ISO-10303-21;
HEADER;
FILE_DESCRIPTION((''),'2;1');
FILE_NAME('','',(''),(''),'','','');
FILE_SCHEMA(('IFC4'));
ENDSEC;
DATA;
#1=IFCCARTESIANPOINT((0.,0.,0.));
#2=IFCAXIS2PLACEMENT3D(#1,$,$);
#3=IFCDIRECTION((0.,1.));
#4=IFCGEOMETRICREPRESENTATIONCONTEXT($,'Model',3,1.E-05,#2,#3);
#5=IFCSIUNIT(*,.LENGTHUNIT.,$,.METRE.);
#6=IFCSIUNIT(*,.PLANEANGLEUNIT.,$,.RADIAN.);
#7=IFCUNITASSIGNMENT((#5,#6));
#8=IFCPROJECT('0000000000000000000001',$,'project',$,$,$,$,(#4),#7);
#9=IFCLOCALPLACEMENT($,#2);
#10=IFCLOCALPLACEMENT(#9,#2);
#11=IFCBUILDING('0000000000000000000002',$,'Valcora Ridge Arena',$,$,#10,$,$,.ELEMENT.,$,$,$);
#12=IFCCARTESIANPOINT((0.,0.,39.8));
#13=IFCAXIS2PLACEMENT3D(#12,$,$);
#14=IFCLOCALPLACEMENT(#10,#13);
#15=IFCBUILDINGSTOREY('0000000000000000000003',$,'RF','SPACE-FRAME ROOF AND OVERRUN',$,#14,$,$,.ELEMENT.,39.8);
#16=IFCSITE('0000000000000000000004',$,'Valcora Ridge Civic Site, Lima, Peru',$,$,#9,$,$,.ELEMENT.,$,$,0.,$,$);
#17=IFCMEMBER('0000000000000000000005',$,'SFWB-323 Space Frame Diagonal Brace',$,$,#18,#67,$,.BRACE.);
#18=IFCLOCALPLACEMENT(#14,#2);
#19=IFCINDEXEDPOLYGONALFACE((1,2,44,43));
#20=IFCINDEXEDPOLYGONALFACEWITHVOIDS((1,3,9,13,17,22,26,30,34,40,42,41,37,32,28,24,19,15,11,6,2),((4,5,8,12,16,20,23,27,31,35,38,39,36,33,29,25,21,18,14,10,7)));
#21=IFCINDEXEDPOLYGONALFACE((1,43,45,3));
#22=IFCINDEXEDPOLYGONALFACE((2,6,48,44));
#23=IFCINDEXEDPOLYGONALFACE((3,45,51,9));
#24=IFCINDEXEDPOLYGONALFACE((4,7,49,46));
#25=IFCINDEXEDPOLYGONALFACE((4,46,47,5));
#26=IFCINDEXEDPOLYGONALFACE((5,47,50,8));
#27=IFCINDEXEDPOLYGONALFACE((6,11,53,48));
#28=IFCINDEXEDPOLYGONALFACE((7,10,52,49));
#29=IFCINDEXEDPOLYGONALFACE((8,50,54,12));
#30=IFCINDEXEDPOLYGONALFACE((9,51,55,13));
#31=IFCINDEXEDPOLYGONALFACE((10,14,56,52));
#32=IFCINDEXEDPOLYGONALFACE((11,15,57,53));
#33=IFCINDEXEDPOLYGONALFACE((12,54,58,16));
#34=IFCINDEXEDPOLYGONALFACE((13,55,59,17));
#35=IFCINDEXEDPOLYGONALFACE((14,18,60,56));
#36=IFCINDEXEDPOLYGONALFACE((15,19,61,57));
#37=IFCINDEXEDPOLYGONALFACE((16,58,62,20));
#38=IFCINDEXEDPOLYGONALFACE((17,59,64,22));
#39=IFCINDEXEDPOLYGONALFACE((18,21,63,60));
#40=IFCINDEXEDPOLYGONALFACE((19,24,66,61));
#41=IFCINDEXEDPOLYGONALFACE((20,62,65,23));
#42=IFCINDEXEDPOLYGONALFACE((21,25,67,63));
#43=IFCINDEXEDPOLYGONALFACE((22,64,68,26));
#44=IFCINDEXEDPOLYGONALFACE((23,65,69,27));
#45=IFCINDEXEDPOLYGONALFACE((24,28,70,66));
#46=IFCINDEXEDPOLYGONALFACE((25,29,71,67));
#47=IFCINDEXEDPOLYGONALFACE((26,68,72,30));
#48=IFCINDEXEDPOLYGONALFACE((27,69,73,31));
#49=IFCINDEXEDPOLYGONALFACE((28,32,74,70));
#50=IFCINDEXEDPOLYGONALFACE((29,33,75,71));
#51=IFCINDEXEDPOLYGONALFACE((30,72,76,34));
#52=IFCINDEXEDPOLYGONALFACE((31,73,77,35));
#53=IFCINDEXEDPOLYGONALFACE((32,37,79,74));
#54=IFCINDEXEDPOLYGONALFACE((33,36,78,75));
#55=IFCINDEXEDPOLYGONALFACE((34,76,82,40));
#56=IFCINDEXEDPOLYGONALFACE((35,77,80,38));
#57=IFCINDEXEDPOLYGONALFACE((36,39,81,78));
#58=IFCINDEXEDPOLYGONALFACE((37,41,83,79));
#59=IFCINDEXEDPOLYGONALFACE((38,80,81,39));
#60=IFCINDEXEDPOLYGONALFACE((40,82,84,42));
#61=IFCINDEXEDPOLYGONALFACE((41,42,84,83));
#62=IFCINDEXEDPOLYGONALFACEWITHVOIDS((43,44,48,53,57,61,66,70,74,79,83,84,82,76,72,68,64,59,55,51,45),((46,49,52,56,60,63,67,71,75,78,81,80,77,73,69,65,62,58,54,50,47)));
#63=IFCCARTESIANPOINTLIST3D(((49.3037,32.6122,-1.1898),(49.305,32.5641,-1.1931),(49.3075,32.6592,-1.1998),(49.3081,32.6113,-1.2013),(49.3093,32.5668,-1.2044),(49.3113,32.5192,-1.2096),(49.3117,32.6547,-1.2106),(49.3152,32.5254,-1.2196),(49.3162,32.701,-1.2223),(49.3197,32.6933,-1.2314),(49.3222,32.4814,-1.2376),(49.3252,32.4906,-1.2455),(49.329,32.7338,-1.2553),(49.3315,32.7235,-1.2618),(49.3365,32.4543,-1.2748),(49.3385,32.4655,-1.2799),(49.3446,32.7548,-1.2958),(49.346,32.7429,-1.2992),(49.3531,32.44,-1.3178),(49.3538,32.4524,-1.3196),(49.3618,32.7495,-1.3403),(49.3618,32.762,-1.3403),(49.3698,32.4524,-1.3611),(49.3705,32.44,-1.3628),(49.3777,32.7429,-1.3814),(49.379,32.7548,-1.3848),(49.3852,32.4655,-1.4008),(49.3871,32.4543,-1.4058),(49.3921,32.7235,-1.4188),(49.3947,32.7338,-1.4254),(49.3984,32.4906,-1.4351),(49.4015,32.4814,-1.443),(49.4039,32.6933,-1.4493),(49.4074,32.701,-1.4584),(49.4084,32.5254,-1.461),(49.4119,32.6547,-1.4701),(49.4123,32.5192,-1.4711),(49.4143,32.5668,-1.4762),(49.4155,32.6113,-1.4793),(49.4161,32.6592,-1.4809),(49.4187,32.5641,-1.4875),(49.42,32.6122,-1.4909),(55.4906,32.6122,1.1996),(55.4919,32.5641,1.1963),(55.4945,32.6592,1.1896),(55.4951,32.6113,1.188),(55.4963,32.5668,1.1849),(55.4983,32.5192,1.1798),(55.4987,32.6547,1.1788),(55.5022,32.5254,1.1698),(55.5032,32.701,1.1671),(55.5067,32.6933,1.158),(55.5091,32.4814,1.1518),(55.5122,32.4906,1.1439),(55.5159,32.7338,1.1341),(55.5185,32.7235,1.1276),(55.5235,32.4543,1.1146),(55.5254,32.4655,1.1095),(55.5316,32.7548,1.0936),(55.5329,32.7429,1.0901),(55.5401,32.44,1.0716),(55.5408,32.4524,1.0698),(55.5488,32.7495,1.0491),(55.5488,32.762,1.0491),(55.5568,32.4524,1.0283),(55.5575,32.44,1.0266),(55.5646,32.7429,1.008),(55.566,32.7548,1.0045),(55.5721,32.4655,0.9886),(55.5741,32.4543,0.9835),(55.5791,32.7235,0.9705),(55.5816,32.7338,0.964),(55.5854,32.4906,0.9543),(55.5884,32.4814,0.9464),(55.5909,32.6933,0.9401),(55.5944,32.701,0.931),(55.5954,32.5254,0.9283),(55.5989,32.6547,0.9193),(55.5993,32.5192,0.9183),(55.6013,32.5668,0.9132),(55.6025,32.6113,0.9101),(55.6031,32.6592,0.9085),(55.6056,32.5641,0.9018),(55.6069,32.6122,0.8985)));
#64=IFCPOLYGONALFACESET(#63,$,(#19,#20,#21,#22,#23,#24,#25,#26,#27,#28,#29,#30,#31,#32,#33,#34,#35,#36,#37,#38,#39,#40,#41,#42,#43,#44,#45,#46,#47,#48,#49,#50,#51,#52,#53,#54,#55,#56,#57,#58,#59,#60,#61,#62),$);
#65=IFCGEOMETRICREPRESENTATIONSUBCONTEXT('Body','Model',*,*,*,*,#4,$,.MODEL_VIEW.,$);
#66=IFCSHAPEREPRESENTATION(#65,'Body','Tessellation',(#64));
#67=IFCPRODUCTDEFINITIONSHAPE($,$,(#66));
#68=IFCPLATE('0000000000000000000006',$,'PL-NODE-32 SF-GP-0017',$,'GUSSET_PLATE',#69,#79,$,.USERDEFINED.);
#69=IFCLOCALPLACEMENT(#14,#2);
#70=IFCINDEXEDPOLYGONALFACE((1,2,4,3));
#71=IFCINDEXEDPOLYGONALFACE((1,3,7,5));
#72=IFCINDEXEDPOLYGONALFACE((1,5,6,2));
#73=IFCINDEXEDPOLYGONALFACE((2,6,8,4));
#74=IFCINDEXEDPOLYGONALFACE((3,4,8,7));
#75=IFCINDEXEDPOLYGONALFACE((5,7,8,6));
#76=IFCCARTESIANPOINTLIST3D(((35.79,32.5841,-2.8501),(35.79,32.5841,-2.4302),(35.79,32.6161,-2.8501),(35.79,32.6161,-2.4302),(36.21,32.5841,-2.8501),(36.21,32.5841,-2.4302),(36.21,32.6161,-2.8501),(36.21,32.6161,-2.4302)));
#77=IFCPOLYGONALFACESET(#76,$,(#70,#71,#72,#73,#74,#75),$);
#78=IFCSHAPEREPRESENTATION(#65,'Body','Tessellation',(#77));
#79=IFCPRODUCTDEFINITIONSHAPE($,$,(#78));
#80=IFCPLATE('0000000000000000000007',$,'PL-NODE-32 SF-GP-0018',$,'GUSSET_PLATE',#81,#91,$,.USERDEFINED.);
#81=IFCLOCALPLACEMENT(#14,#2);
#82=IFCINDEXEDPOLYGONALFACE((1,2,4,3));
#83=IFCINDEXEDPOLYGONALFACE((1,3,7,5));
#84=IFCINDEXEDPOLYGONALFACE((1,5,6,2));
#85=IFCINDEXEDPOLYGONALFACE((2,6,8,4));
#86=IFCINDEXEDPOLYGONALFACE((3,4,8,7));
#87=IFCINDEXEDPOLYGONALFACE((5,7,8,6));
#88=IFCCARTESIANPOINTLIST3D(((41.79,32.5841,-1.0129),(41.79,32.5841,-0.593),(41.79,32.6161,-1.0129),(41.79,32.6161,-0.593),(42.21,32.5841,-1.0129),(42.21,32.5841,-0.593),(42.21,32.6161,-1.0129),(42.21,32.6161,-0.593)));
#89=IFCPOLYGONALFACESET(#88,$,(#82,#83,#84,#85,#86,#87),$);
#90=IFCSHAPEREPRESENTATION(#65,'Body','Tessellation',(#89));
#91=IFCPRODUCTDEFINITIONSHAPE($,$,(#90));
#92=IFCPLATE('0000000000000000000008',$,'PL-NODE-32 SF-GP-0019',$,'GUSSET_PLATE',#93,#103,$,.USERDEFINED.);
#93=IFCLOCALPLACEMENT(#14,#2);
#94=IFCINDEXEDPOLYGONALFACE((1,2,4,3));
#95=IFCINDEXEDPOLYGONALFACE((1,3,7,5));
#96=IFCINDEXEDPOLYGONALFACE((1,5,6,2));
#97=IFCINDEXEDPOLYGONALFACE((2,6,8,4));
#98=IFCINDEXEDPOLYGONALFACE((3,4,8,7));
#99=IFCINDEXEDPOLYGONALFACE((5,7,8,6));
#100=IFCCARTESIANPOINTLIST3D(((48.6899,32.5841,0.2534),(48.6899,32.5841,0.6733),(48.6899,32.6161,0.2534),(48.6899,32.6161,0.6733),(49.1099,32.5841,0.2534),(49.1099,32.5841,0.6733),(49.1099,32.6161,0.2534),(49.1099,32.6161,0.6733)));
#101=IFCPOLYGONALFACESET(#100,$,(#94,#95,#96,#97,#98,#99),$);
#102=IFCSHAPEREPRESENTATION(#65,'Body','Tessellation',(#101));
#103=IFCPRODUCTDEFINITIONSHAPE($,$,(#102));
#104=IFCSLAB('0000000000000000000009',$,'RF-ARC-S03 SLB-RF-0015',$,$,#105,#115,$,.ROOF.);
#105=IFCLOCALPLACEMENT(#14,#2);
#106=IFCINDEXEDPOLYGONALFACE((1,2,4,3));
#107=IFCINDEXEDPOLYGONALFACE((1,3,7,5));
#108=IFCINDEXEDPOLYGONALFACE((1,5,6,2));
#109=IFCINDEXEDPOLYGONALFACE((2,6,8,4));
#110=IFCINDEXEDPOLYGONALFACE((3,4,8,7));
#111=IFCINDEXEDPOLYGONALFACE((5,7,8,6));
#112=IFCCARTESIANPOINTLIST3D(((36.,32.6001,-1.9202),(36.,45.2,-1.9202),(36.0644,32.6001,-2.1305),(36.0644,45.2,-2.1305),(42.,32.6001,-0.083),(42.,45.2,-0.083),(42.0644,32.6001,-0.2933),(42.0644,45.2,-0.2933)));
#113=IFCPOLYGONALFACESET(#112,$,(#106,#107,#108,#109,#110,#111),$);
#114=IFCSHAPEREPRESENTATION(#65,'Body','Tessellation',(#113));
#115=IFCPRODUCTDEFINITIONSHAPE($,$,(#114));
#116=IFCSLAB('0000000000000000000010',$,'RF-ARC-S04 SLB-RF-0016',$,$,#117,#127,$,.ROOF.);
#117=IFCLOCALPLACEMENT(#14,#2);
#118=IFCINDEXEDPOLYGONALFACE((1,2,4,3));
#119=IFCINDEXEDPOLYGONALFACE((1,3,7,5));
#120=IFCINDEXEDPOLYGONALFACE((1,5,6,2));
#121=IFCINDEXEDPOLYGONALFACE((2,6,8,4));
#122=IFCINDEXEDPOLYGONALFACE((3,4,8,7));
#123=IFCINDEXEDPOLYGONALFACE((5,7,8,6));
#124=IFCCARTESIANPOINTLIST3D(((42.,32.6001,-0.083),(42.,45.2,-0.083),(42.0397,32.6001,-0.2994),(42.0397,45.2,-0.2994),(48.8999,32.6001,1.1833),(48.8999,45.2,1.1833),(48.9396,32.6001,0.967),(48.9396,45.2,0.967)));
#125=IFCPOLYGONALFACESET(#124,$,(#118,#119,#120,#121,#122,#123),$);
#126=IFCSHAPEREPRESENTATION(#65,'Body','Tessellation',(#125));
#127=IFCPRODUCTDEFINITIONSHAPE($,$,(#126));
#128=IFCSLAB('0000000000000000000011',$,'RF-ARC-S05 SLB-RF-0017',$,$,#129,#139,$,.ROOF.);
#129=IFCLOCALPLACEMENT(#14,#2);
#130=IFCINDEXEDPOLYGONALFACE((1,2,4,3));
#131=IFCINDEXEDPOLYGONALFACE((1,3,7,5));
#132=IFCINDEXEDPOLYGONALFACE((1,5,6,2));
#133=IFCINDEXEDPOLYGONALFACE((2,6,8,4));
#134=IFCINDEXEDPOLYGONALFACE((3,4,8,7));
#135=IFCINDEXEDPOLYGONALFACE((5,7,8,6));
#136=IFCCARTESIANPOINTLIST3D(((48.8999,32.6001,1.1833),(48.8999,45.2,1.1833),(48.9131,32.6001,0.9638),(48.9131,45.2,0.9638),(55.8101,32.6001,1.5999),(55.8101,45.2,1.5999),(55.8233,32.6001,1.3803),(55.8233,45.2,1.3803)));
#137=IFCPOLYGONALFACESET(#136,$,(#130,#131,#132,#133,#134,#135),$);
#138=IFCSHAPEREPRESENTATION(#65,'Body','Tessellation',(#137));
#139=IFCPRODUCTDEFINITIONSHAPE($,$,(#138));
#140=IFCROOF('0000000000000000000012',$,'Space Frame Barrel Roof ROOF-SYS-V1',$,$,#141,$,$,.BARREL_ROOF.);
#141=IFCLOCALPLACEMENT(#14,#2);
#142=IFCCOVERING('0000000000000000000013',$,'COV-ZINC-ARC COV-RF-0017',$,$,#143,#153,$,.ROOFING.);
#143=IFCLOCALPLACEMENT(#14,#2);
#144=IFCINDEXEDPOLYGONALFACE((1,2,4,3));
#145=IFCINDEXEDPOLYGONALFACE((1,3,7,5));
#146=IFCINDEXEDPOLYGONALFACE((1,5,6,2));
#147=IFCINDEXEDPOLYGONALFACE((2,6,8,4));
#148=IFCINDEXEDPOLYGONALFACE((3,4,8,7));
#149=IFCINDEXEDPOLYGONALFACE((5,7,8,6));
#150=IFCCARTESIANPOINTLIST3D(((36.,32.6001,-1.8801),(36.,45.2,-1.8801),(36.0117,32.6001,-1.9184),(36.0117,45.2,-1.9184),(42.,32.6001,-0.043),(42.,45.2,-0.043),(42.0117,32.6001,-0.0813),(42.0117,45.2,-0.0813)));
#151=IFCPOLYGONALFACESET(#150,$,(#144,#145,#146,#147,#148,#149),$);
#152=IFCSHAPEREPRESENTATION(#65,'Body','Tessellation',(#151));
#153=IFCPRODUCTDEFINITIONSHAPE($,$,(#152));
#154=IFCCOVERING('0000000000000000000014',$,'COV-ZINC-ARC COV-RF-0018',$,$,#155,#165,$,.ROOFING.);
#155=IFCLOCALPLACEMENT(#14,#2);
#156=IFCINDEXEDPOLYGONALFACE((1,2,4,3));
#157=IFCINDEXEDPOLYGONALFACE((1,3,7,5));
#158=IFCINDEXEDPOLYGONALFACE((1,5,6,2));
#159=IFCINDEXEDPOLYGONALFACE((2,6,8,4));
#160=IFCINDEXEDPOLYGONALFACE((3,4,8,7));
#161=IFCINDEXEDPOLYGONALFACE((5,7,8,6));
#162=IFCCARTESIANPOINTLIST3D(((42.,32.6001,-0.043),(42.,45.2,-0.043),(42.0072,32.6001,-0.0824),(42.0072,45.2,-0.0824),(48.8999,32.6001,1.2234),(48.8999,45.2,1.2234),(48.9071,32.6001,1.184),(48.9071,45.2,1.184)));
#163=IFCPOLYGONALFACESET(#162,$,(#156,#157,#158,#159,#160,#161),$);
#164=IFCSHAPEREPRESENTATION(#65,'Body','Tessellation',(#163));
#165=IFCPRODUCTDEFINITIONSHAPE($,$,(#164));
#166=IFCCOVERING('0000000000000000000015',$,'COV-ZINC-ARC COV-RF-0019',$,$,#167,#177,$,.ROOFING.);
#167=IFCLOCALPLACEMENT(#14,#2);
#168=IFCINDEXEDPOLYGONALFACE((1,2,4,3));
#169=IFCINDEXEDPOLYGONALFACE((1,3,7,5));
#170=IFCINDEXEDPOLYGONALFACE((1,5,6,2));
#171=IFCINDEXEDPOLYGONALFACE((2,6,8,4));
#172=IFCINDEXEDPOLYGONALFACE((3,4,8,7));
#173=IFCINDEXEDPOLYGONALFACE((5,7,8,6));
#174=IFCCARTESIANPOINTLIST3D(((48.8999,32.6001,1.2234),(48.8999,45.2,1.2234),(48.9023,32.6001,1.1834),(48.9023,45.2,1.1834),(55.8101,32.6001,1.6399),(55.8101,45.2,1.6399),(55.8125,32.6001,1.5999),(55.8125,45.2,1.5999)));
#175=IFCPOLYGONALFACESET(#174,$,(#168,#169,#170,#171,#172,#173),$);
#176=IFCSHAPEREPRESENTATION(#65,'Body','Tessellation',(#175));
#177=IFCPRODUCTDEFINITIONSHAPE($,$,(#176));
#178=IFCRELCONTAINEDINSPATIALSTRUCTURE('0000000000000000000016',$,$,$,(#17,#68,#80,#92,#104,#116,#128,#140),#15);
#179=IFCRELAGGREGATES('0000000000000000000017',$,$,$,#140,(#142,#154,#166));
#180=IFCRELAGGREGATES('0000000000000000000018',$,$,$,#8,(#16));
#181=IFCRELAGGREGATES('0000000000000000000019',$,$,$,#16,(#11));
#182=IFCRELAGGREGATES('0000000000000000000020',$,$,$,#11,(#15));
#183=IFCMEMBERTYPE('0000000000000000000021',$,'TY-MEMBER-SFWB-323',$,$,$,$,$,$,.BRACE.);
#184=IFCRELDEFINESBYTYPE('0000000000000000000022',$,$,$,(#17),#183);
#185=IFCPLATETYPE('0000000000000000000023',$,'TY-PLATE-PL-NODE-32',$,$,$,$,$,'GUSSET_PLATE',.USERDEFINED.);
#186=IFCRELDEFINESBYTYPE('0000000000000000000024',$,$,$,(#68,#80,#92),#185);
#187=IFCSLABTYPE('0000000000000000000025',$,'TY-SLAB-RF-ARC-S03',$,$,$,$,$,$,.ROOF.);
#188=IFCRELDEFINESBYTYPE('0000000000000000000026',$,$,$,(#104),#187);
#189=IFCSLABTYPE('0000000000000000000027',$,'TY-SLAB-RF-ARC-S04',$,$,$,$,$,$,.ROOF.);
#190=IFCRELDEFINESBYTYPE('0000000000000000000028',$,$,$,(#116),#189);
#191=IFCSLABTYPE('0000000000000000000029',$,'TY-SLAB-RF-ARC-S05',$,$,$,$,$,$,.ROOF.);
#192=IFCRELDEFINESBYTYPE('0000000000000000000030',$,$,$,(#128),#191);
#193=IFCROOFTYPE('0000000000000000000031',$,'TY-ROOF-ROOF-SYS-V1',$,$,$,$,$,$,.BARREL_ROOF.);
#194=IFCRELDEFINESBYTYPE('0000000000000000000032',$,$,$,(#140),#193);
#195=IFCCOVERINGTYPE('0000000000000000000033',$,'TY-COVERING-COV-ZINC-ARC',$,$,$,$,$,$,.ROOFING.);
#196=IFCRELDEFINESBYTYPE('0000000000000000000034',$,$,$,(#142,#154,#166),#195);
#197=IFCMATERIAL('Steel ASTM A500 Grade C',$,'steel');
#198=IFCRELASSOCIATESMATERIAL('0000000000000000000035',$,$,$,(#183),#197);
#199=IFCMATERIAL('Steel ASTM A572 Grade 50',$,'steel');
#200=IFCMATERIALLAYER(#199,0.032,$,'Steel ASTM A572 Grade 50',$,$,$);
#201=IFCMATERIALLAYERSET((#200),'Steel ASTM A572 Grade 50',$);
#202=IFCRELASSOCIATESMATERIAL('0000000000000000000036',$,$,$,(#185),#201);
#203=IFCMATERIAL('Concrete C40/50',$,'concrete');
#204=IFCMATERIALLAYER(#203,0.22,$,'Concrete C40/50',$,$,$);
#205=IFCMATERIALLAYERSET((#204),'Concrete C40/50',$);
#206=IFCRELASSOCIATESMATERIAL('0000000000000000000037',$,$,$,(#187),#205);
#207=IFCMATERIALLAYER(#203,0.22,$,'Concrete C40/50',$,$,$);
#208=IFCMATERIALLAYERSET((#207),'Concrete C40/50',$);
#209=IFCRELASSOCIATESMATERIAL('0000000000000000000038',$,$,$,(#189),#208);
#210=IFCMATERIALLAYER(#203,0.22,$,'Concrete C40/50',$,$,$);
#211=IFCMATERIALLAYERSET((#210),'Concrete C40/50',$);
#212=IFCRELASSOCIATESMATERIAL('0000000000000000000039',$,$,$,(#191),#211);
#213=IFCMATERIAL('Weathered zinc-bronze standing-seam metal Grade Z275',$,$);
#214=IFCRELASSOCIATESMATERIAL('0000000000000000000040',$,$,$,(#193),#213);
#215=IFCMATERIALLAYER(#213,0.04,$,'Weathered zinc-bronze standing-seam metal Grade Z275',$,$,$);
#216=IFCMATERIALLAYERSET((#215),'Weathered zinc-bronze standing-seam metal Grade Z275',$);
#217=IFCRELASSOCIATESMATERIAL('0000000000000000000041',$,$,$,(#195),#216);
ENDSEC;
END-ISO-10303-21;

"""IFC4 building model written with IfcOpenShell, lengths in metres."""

from ifc_helpers import new_model, si_unit, direction, frame, origin, origin_2d, place, context, subcontext, project, spatial, polyline, rectangle, hollow_circle, outline, extrude, material, layer, layer_set, material_profile, profile_set, type_object, element, aggregate, save


model = new_model("IFC4")

# Units and contexts
model_context = context("Model", 3, precision=1e-05, world=origin(), true_north=direction((0.0, 1.0)))
body_context = subcontext(model_context, "Body", "Model", "MODEL_VIEW")
ifc_project = project(units=[si_unit("LENGTHUNIT", "METRE"), si_unit("PLANEANGLEUNIT", "RADIAN")], contexts=[model_context])

# Site, building, storey
site_placement = place(None, origin())
site = spatial("IfcSite", under=ifc_project, at=site_placement, Name="Valcora Ridge Civic Site, Lima, Peru", CompositionType="ELEMENT", RefElevation=0.0)
building_placement = place(site_placement, origin())
building = spatial("IfcBuilding", under=site, at=building_placement, Name="Valcora Ridge Arena", CompositionType="ELEMENT")
storey_placement = place(building_placement, frame((0.0, 0.0, 39.8)))
storey = spatial("IfcBuildingStorey", under=building, at=storey_placement, Name="RF", Description="SPACE-FRAME ROOF AND OVERRUN", CompositionType="ELEMENT", Elevation=39.8)

# Member
ifc_material_1 = material(Name="Steel ASTM A572 Grade 50", Category="steel")
ifc_material_2 = material(Name="Steel ASTM A500 Grade C", Category="steel")
ifc_material_profile_1 = material_profile(ifc_material_2, hollow_circle(Radius=0.1619, WallThickness=0.0125, at=origin_2d()), Name="CHS323X12")
ifc_profile_set_1 = profile_set([ifc_material_profile_1], Name="Steel ASTM A500 Grade C")
member_type_1 = type_object("IfcMemberType", Name="TY-MEMBER-SFWB-323", PredefinedType="BRACE", material=ifc_profile_set_1)
member_1_placement = place(storey_placement, frame((49.3618, 32.6001, -1.3403), z_axis=(0.93285, 0.0, 0.360264), x_axis=(0.0, 1.0, 0.0)))
element("IfcMember", 1, at=member_1_placement, inside=storey, type_object=member_type_1, Name="SFWB-323 Space Frame Diagonal Brace", PredefinedType="BRACE", context=body_context, shape_type="SweptSolid", body=[
    extrude(hollow_circle(Radius=0.1619, WallThickness=0.0125, at=origin_2d()), origin(), (0.0, 0.0, 1.0), 6.6323),
])

# Plates
ifc_layer_1 = layer(ifc_material_1, 0.032, Name="Steel ASTM A572 Grade 50")
ifc_layer_set_1 = layer_set([ifc_layer_1], Name="Steel ASTM A572 Grade 50")
plate_type = type_object("IfcPlateType", Name="TY-PLATE-PL-NODE-32", ElementType="GUSSET_PLATE", PredefinedType="USERDEFINED", material=ifc_layer_set_1)
for number, where, z_axis, x_axis, name in (
    (2, (36.0, 32.6001, -2.8501), (0.0, 0.0, 1.0), (1.0, 0.0, 0.0), "PL-NODE-32 SF-GP-0017"),
    (3, (42.0, 32.6001, -1.0129), (0.0, 0.0, 1.0), (1.0, 0.0, 0.0), "PL-NODE-32 SF-GP-0018"),
    (4, (48.8999, 32.6001, 0.2534), (0.0, 0.0, 1.0), (1.0, 0.0, 0.0), "PL-NODE-32 SF-GP-0019"),
):
    element("IfcPlate", number, at=place(storey_placement, frame(where, z_axis=z_axis, x_axis=x_axis)), inside=storey, type_object=plate_type, Name=name, ObjectType="GUSSET_PLATE", PredefinedType="USERDEFINED", context=body_context, shape_type="SweptSolid", body=[
        extrude(rectangle(XDim=0.4199, YDim=0.032, at=origin_2d()), origin(), (0.0, 0.0, 1.0), 0.4199),
    ])

# Slabs
ifc_material_3 = material(Name="Concrete C40/50", Category="concrete")
ifc_layer_2 = layer(ifc_material_3, 0.22, Name="Concrete C40/50")
ifc_layer_set_2 = layer_set([ifc_layer_2], Name="Concrete C40/50")
slab_type_1 = type_object("IfcSlabType", Name="TY-SLAB-RF-ARC-S03", PredefinedType="ROOF", material=ifc_layer_set_2)
slab_1_placement = place(storey_placement, frame((36.0, 32.6001, -1.9202), z_axis=(-0.292776, 0.0, 0.956181), x_axis=(0.956181, 0.0, 0.292776)))
element("IfcSlab", 5, at=slab_1_placement, inside=storey, type_object=slab_type_1, Name="RF-ARC-S03 SLB-RF-0015", PredefinedType="ROOF", context=body_context, shape_type="SweptSolid", body=[
    extrude(outline(polyline([(0.0, 0.0), (6.275, 0.0), (6.275, 12.5999), (0.0, 12.5999), (0.0, 0.0)])), origin(), (0.0, 0.0, -1.0), 0.22),
])
ifc_layer_3 = layer(ifc_material_3, 0.22, Name="Concrete C40/50")
ifc_layer_set_3 = layer_set([ifc_layer_3], Name="Concrete C40/50")
slab_type_2 = type_object("IfcSlabType", Name="TY-SLAB-RF-ARC-S04", PredefinedType="ROOF", material=ifc_layer_set_3)
slab_2_placement = place(storey_placement, frame((42.0, 32.6001, -0.083), z_axis=(-0.180518, 0.0, 0.983572), x_axis=(0.983572, 0.0, 0.180518)))
element("IfcSlab", 6, at=slab_2_placement, inside=storey, type_object=slab_type_2, Name="RF-ARC-S04 SLB-RF-0016", PredefinedType="ROOF", context=body_context, shape_type="SweptSolid", body=[
    extrude(outline(polyline([(0.0, 0.0), (7.0151, 0.0), (7.0151, 12.5999), (0.0, 12.5999), (0.0, 0.0)])), origin(), (0.0, 0.0, -1.0), 0.22),
])
ifc_layer_4 = layer(ifc_material_3, 0.22, Name="Concrete C40/50")
ifc_layer_set_4 = layer_set([ifc_layer_4], Name="Concrete C40/50")
slab_type_3 = type_object("IfcSlabType", Name="TY-SLAB-RF-ARC-S05", PredefinedType="ROOF", material=ifc_layer_set_4)
slab_3_placement = place(storey_placement, frame((48.8999, 32.6001, 1.1833), z_axis=(-0.060165, 0.0, 0.998188), x_axis=(0.998188, 0.0, 0.060165)))
element("IfcSlab", 7, at=slab_3_placement, inside=storey, type_object=slab_type_3, Name="RF-ARC-S05 SLB-RF-0017", PredefinedType="ROOF", context=body_context, shape_type="SweptSolid", body=[
    extrude(outline(polyline([(0.0, 0.0), (6.9227, 0.0), (6.9227, 12.5999), (0.0, 12.5999), (0.0, 0.0)])), origin(), (0.0, 0.0, -1.0), 0.22),
])

# Roof, coverings
ifc_material_4 = material(Name="Weathered zinc-bronze standing-seam metal Grade Z275")
roof_type = type_object("IfcRoofType", Name="TY-ROOF-ROOF-SYS-V1", PredefinedType="BARREL_ROOF", material=ifc_material_4)
roof_placement = place(storey_placement, origin())
roof = element("IfcRoof", 8, at=roof_placement, inside=storey, type_object=roof_type, Name="Space Frame Barrel Roof ROOF-SYS-V1", PredefinedType="BARREL_ROOF")
ifc_layer_5 = layer(ifc_material_4, 0.04, Name="Weathered zinc-bronze standing-seam metal Grade Z275")
ifc_layer_set_5 = layer_set([ifc_layer_5], Name="Weathered zinc-bronze standing-seam metal Grade Z275")
covering_type = type_object("IfcCoveringType", Name="TY-COVERING-COV-ZINC-ARC", PredefinedType="ROOFING", material=ifc_layer_set_5)
covering_1_placement = place(storey_placement, frame((36.0, 32.6001, -1.8801), z_axis=(-0.292776, 0.0, 0.956181), x_axis=(0.956181, 0.0, 0.292776)))
covering_1 = element("IfcCovering", 9, at=covering_1_placement, type_object=covering_type, Name="COV-ZINC-ARC COV-RF-0017", PredefinedType="ROOFING", context=body_context, shape_type="SweptSolid", body=[
    extrude(outline(polyline([(0.0, 0.0), (6.275, 0.0), (6.275, 12.5999), (0.0, 12.5999), (0.0, 0.0)])), origin(), (0.0, 0.0, -1.0), 0.04),
])
covering_2_placement = place(storey_placement, frame((42.0, 32.6001, -0.043), z_axis=(-0.180518, 0.0, 0.983572), x_axis=(0.983572, 0.0, 0.180518)))
covering_2 = element("IfcCovering", 10, at=covering_2_placement, type_object=covering_type, Name="COV-ZINC-ARC COV-RF-0018", PredefinedType="ROOFING", context=body_context, shape_type="SweptSolid", body=[
    extrude(outline(polyline([(0.0, 0.0), (7.0151, 0.0), (7.0151, 12.5999), (0.0, 12.5999), (0.0, 0.0)])), origin(), (0.0, 0.0, -1.0), 0.04),
])
covering_3_placement = place(storey_placement, frame((48.8999, 32.6001, 1.2234), z_axis=(-0.060165, 0.0, 0.998188), x_axis=(0.998188, 0.0, 0.060165)))
covering_3 = element("IfcCovering", 11, at=covering_3_placement, type_object=covering_type, Name="COV-ZINC-ARC COV-RF-0019", PredefinedType="ROOFING", context=body_context, shape_type="SweptSolid", body=[
    extrude(outline(polyline([(0.0, 0.0), (6.9227, 0.0), (6.9227, 12.5999), (0.0, 12.5999), (0.0, 0.0)])), origin(), (0.0, 0.0, -1.0), 0.04),
])
aggregate(roof, [covering_1, covering_2, covering_3])

save(model, "model.ifc")
